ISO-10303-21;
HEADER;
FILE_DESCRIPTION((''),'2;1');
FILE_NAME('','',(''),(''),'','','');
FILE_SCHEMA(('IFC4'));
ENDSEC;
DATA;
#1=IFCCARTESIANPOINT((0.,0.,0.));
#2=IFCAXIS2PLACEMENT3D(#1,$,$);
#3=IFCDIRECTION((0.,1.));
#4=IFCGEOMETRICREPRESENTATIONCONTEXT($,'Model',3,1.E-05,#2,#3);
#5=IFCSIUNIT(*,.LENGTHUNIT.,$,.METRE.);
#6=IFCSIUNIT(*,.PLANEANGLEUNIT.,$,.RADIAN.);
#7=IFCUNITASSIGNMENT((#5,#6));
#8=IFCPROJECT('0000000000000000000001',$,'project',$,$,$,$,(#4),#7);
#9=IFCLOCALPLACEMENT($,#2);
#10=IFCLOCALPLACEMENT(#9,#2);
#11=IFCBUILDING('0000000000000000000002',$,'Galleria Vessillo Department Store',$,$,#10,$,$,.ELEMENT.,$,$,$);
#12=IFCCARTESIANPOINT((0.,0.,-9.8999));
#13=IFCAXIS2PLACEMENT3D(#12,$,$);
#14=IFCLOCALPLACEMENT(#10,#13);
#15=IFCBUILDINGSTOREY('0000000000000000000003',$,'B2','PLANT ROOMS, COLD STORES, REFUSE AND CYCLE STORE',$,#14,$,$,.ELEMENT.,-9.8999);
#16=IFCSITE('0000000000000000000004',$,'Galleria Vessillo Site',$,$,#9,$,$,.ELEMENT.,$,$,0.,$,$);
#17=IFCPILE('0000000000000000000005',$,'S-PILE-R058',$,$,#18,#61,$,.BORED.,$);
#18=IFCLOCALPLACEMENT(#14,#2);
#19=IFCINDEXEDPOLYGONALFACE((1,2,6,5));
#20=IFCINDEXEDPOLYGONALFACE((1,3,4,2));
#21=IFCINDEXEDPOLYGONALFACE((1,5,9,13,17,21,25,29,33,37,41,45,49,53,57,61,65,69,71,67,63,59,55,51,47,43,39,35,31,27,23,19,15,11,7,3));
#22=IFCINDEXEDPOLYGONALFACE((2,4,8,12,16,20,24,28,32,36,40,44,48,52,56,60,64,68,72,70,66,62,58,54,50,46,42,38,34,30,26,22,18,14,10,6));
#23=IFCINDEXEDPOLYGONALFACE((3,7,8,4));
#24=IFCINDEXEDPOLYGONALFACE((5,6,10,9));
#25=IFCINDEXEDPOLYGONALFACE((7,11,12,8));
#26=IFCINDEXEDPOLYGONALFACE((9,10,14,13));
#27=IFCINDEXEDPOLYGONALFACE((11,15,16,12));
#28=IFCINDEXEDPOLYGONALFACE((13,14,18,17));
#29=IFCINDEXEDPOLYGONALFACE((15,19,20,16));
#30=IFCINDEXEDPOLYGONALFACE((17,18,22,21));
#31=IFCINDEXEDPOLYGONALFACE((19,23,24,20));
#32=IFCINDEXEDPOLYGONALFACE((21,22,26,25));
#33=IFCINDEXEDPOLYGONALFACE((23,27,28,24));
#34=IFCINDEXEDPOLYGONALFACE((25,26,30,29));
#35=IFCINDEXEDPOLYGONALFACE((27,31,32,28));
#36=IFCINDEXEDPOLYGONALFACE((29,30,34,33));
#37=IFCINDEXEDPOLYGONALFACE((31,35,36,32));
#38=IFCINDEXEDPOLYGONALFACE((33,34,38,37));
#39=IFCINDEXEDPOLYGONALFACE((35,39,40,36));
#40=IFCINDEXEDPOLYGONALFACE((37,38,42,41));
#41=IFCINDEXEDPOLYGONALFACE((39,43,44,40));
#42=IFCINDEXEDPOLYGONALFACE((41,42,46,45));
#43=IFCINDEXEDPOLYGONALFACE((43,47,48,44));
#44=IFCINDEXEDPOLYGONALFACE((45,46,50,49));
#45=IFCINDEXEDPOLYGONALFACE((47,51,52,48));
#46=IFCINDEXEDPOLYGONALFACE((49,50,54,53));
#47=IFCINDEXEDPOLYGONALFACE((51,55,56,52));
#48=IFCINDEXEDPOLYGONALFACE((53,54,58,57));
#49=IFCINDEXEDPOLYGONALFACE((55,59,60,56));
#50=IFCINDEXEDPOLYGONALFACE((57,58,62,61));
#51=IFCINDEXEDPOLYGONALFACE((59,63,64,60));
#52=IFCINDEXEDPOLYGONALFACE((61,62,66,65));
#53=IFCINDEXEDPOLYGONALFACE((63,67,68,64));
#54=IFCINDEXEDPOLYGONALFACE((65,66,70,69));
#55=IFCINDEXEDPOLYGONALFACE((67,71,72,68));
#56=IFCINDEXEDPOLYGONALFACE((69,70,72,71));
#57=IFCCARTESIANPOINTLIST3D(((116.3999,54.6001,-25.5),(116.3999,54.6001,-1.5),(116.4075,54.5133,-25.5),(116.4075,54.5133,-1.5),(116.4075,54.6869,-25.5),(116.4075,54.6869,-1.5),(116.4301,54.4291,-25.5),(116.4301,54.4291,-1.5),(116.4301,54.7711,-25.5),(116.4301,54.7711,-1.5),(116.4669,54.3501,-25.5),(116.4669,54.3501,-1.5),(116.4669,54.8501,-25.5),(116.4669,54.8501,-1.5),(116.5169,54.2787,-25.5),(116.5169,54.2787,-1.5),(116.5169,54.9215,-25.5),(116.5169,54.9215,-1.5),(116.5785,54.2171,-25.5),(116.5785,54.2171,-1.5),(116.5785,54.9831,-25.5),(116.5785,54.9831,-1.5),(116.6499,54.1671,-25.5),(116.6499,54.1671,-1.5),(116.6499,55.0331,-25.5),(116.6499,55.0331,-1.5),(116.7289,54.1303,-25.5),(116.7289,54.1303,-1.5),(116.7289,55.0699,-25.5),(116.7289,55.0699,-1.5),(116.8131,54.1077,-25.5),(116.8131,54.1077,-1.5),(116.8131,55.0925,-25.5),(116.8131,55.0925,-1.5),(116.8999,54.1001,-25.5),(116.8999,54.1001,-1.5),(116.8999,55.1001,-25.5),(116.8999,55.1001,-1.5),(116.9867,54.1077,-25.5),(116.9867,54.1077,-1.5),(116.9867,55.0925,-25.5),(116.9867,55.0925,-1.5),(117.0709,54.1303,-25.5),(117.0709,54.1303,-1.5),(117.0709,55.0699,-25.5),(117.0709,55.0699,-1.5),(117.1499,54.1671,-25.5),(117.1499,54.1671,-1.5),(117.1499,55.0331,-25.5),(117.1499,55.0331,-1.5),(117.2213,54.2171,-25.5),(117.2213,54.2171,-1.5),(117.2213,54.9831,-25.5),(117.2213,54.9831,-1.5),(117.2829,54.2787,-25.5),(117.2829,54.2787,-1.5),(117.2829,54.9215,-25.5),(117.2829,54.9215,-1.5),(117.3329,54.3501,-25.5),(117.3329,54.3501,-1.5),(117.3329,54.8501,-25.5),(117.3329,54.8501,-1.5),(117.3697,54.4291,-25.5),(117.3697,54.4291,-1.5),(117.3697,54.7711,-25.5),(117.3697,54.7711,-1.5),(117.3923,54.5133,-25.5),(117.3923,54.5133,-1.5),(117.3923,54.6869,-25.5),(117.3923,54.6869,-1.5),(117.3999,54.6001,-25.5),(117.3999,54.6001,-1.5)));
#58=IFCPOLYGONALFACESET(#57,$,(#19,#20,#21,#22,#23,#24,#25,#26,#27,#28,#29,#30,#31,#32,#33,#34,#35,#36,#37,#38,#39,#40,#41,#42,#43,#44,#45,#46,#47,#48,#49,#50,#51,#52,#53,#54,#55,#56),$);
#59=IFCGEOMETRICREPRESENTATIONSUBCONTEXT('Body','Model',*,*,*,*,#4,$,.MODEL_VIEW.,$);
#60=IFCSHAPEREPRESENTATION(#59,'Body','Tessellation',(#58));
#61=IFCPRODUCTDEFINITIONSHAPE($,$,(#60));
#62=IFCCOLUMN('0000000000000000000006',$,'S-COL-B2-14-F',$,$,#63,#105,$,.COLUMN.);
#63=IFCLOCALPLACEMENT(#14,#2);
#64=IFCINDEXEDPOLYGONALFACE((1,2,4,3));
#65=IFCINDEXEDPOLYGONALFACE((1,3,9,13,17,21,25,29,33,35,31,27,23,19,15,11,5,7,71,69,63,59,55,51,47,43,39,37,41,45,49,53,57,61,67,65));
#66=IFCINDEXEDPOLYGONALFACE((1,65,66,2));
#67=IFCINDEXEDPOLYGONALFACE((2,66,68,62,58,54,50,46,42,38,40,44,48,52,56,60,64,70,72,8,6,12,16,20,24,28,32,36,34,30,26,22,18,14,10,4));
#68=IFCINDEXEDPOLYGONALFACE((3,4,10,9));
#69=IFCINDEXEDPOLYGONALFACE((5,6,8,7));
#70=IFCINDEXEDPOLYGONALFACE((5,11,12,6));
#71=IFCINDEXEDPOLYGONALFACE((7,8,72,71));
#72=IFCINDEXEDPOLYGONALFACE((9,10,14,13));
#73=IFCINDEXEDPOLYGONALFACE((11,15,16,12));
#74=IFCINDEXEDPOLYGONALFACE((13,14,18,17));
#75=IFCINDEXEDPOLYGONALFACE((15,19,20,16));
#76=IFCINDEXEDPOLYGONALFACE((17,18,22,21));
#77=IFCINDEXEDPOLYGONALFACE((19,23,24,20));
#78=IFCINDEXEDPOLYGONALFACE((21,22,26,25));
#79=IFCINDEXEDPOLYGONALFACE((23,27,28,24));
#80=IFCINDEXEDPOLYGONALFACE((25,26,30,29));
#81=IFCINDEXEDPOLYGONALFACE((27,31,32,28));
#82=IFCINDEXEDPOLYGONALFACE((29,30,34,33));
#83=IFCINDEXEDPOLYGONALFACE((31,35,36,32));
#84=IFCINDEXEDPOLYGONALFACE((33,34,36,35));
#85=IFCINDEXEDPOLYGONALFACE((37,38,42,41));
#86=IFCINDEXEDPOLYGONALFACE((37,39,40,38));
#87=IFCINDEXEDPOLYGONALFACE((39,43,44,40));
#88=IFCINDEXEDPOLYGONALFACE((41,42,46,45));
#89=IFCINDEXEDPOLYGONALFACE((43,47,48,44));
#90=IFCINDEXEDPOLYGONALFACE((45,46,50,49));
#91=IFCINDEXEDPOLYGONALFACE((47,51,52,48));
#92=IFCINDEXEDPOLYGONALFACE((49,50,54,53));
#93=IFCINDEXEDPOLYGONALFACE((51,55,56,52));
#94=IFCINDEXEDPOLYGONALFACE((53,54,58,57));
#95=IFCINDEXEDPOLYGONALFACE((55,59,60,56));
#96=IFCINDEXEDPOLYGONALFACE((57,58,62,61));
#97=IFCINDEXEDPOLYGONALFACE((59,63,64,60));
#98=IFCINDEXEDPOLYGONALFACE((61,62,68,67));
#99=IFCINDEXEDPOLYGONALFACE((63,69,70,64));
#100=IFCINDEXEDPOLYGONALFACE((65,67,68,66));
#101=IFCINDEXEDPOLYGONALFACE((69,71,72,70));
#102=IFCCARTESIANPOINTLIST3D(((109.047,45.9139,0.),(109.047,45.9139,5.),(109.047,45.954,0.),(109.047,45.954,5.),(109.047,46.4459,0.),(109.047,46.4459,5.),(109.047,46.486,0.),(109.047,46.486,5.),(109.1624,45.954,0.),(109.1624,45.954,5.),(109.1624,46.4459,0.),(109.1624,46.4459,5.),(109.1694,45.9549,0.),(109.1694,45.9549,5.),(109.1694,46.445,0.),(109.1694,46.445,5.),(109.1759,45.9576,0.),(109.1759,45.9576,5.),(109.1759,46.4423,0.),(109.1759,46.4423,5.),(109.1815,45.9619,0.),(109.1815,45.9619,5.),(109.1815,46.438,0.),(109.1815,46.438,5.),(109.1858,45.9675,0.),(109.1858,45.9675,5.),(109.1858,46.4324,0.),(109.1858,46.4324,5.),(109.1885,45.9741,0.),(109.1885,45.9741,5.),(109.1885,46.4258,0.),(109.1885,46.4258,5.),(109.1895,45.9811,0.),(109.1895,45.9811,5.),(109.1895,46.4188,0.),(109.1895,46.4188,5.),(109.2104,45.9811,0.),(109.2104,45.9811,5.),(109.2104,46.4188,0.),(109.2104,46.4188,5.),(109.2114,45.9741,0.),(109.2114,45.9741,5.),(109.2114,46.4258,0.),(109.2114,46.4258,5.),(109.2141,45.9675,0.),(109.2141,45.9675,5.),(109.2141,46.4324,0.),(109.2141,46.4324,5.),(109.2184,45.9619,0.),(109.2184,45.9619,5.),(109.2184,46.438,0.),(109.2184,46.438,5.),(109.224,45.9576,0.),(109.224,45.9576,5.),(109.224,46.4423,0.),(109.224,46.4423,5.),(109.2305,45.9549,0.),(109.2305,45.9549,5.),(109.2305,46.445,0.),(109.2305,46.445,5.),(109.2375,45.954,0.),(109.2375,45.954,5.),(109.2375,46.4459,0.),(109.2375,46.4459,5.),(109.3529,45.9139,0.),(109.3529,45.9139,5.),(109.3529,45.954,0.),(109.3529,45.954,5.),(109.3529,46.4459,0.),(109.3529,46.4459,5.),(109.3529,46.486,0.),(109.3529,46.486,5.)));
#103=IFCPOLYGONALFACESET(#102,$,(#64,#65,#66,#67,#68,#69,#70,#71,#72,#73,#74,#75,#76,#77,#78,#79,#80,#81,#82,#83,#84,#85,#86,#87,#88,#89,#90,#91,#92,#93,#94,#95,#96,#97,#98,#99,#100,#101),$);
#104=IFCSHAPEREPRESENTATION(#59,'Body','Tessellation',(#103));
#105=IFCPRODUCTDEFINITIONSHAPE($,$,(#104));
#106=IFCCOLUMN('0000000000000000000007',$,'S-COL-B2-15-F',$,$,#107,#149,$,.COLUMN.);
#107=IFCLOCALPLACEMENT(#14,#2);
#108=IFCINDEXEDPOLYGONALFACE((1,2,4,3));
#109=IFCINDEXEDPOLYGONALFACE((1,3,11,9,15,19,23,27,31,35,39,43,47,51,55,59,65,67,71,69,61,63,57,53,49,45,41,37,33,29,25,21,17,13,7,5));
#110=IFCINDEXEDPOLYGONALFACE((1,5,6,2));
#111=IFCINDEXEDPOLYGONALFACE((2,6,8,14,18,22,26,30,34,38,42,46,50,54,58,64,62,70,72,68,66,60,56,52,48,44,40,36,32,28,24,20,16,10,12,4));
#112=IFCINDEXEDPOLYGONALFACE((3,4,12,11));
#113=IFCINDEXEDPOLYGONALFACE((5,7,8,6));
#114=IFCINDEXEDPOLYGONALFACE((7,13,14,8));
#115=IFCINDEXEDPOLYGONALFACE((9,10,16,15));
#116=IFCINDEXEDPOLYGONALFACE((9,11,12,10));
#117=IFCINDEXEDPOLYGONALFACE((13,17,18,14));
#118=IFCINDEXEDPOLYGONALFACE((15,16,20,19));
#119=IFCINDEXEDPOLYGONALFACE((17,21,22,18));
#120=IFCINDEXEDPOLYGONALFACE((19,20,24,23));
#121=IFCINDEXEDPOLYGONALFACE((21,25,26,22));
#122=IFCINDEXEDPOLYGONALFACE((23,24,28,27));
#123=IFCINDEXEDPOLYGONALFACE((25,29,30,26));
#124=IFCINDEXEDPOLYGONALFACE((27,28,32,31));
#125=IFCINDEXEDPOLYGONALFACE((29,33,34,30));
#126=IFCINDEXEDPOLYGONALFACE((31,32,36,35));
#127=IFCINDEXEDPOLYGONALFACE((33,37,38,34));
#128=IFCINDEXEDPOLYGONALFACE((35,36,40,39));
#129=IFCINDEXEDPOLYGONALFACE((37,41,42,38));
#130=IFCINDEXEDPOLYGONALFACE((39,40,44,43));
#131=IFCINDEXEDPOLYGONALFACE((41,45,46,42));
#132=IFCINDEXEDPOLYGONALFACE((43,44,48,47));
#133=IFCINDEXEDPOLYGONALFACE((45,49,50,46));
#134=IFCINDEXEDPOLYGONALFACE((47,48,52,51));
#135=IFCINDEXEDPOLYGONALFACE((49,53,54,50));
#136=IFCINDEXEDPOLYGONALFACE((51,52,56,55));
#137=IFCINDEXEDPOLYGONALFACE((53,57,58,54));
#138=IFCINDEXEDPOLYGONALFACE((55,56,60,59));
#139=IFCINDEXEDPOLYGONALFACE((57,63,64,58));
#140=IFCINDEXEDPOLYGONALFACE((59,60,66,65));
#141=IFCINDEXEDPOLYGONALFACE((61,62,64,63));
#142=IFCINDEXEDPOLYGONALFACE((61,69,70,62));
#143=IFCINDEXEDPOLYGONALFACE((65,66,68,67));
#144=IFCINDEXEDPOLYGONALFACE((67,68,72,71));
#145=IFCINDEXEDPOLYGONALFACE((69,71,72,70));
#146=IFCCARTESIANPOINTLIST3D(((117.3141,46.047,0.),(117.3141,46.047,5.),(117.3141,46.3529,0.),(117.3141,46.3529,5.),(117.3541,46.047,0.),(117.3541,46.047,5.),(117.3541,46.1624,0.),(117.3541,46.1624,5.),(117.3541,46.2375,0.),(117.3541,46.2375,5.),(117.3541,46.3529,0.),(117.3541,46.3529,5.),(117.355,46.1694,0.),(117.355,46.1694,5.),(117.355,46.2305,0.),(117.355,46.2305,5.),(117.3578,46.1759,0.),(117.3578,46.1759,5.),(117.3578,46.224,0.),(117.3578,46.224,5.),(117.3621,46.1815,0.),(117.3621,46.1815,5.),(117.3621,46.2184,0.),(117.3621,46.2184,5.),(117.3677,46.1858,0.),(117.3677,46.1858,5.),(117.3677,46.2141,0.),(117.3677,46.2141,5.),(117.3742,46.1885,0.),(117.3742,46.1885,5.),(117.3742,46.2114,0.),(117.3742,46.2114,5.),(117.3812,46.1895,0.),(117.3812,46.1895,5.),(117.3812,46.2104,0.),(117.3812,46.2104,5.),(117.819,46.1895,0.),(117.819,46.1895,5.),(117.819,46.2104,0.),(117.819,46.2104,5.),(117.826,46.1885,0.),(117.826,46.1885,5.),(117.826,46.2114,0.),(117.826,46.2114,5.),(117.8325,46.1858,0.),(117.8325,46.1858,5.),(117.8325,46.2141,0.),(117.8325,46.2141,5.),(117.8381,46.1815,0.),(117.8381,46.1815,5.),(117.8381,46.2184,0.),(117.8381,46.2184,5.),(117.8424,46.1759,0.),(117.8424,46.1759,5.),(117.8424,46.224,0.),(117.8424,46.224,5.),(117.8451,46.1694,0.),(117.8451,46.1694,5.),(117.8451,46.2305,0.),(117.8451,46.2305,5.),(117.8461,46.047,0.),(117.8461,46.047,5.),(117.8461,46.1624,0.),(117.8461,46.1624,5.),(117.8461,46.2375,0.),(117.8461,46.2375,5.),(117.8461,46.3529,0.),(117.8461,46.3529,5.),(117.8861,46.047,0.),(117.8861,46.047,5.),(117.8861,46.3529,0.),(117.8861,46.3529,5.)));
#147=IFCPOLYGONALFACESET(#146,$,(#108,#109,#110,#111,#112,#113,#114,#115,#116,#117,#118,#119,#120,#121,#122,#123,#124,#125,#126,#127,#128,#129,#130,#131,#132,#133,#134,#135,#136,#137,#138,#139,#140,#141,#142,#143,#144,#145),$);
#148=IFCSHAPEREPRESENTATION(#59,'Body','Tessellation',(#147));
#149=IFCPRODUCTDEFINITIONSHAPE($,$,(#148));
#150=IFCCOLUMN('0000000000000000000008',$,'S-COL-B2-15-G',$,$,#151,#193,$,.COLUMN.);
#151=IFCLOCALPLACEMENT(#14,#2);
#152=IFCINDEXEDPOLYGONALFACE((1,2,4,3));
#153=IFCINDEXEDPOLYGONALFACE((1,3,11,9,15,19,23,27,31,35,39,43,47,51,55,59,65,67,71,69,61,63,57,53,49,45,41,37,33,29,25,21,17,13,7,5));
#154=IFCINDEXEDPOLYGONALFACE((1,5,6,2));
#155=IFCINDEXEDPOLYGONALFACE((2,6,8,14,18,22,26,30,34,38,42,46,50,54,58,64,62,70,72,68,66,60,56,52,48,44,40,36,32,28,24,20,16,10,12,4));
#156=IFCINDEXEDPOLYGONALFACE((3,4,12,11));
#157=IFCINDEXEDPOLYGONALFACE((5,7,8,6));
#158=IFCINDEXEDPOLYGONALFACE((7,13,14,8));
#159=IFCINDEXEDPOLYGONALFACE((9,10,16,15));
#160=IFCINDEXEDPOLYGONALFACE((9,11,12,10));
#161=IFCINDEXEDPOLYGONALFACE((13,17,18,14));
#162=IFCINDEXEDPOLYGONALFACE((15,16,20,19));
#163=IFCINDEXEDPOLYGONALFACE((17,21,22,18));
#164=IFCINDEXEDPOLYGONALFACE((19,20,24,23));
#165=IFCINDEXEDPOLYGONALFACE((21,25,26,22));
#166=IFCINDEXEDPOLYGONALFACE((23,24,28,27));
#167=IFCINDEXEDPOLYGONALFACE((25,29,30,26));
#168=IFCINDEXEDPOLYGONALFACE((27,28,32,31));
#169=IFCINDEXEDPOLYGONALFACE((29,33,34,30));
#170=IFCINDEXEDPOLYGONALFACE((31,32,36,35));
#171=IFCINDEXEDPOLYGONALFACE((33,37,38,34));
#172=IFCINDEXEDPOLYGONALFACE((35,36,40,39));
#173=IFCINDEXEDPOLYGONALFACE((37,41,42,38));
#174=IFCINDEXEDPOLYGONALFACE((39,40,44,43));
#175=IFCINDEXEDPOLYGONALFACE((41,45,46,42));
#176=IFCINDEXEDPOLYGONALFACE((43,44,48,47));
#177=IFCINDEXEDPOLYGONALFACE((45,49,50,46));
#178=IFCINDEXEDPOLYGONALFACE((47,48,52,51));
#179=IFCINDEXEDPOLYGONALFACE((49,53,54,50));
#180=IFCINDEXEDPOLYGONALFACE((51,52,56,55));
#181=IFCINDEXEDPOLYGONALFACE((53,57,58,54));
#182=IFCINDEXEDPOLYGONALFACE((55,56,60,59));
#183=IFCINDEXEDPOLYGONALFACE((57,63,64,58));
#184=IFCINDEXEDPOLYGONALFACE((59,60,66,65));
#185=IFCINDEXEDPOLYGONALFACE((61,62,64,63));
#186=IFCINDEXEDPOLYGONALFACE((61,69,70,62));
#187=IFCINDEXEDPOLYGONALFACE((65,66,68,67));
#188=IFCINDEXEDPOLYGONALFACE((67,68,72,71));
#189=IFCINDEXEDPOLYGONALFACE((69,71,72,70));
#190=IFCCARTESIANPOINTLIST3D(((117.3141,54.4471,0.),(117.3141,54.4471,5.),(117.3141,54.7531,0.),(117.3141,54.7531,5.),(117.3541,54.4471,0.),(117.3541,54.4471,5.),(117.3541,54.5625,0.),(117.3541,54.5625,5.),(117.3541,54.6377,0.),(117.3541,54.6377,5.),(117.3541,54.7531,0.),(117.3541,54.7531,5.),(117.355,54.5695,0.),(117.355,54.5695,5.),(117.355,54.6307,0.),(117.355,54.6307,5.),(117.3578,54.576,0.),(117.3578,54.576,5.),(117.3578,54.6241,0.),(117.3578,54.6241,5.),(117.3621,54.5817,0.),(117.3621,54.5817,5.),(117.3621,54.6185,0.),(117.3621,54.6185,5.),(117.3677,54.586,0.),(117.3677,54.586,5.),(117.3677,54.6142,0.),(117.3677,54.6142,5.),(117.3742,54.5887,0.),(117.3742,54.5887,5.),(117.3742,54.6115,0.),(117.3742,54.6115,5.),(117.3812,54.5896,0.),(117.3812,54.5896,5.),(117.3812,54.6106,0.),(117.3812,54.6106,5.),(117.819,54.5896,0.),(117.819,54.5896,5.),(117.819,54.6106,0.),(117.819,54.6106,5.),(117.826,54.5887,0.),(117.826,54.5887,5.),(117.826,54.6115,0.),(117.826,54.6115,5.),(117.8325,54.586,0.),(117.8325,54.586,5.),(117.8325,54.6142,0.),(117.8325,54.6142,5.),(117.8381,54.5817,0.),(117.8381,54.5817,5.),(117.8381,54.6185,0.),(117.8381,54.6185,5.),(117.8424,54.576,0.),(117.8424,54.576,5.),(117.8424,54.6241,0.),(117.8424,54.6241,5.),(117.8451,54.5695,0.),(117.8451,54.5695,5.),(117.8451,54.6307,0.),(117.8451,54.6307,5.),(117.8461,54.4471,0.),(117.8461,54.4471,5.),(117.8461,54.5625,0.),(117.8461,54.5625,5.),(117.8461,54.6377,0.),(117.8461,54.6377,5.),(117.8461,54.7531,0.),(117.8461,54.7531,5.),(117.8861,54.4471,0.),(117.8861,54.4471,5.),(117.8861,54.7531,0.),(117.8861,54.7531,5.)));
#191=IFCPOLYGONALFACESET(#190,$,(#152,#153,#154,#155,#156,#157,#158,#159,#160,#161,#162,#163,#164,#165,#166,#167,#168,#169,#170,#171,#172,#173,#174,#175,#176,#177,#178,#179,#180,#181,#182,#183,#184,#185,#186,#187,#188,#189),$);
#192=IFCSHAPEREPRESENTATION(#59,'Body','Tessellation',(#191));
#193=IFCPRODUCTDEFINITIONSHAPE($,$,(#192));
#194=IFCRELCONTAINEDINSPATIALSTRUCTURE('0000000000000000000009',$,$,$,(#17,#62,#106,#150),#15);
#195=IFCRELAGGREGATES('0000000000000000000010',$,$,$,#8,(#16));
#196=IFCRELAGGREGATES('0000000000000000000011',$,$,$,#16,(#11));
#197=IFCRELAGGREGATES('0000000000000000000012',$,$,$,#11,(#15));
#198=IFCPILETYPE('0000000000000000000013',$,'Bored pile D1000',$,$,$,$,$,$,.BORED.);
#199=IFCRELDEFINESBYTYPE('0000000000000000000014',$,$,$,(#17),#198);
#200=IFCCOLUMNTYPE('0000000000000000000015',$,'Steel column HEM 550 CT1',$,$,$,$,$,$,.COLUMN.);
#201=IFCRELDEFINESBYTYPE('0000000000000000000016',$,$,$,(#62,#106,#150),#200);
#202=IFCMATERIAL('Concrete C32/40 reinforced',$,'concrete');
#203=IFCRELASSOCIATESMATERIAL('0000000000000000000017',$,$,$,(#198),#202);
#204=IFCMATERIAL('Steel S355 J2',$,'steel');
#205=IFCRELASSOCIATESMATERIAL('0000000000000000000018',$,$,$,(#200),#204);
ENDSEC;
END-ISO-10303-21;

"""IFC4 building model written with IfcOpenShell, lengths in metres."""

from ifc_helpers import new_model, si_unit, direction, frame, origin, origin_2d, place, context, subcontext, project, spatial, circle, i_section, extrude, material, material_profile, profile_set, type_object, element, save


model = new_model("IFC4")

# Units and contexts
model_context = context("Model", 3, precision=1e-05, world=origin(), true_north=direction((0.0, 1.0)))
body_context = subcontext(model_context, "Body", "Model", "MODEL_VIEW")
ifc_project = project(units=[si_unit("LENGTHUNIT", "METRE"), si_unit("PLANEANGLEUNIT", "RADIAN")], contexts=[model_context])

# Site, building, storey
site_placement = place(None, origin())
site = spatial("IfcSite", under=ifc_project, at=site_placement, Name="Galleria Vessillo Site", CompositionType="ELEMENT", RefElevation=0.0)
building_placement = place(site_placement, origin())
building = spatial("IfcBuilding", under=site, at=building_placement, Name="Galleria Vessillo Department Store", CompositionType="ELEMENT")
storey_placement = place(building_placement, frame((0.0, 0.0, -9.8999)))
storey = spatial("IfcBuildingStorey", under=building, at=storey_placement, Name="B2", Description="PLANT ROOMS, COLD STORES, REFUSE AND CYCLE STORE", CompositionType="ELEMENT", Elevation=-9.8999)

# Pile
ifc_material_1 = material(Name="Concrete C32/40 reinforced", Category="concrete")
ifc_material_profile_1 = material_profile(ifc_material_1, circle(Radius=0.5, at=origin_2d()), Name="Bored pile D1000")
ifc_profile_set_1 = profile_set([ifc_material_profile_1], Name="Concrete C32/40 reinforced")
pile_type = type_object("IfcPileType", Name="Bored pile D1000", PredefinedType="BORED", material=ifc_profile_set_1)
for number, where, z_axis, x_axis, name in (
    (1, (116.8999, 54.6001, -1.5), (0.0, 0.0, -1.0), (1.0, 0.0, 0.0), "S-PILE-R058"),
):
    element("IfcPile", number, at=place(storey_placement, frame(where, z_axis=z_axis, x_axis=x_axis)), inside=storey, type_object=pile_type, Name=name, PredefinedType="BORED", context=body_context, shape_type="SweptSolid", body=[
        extrude(circle(Radius=0.5, at=origin_2d()), origin(), (0.0, 0.0, 1.0), 24.0),
    ])

# Columns
ifc_material_2 = material(Name="Steel S355 J2", Category="steel")
ifc_material_profile_2 = material_profile(ifc_material_2, i_section(OverallWidth=0.3059, OverallDepth=0.572, WebThickness=0.021, FlangeThickness=0.04, FilletRadius=0.0271, at=origin_2d()), Name="HEM 550")
ifc_profile_set_2 = profile_set([ifc_material_profile_2], Name="Steel S355 J2")
column_type = type_object("IfcColumnType", Name="Steel column HEM 550 CT1", PredefinedType="COLUMN", material=ifc_profile_set_2)
for number, where, z_axis, x_axis, name in (
    (2, (109.2, 46.2, 0.0), (0.0, 0.0, 1.0), (1.0, 0.0, 0.0), "S-COL-B2-14-F"),
    (3, (117.6001, 46.2, 0.0), (0.0, 0.0, 1.0), (0.0, 1.0, 0.0), "S-COL-B2-15-F"),
    (4, (117.6001, 54.6001, 0.0), (0.0, 0.0, 1.0), (0.0, 1.0, 0.0), "S-COL-B2-15-G"),
):
    element("IfcColumn", number, at=place(storey_placement, frame(where, z_axis=z_axis, x_axis=x_axis)), inside=storey, type_object=column_type, Name=name, PredefinedType="COLUMN", context=body_context, shape_type="SweptSolid", body=[
        extrude(i_section(OverallWidth=0.3059, OverallDepth=0.572, WebThickness=0.021, FlangeThickness=0.04, FilletRadius=0.0271, at=origin_2d()), origin(), (0.0, 0.0, 1.0), 5.0),
    ])

save(model, "model.ifc")
